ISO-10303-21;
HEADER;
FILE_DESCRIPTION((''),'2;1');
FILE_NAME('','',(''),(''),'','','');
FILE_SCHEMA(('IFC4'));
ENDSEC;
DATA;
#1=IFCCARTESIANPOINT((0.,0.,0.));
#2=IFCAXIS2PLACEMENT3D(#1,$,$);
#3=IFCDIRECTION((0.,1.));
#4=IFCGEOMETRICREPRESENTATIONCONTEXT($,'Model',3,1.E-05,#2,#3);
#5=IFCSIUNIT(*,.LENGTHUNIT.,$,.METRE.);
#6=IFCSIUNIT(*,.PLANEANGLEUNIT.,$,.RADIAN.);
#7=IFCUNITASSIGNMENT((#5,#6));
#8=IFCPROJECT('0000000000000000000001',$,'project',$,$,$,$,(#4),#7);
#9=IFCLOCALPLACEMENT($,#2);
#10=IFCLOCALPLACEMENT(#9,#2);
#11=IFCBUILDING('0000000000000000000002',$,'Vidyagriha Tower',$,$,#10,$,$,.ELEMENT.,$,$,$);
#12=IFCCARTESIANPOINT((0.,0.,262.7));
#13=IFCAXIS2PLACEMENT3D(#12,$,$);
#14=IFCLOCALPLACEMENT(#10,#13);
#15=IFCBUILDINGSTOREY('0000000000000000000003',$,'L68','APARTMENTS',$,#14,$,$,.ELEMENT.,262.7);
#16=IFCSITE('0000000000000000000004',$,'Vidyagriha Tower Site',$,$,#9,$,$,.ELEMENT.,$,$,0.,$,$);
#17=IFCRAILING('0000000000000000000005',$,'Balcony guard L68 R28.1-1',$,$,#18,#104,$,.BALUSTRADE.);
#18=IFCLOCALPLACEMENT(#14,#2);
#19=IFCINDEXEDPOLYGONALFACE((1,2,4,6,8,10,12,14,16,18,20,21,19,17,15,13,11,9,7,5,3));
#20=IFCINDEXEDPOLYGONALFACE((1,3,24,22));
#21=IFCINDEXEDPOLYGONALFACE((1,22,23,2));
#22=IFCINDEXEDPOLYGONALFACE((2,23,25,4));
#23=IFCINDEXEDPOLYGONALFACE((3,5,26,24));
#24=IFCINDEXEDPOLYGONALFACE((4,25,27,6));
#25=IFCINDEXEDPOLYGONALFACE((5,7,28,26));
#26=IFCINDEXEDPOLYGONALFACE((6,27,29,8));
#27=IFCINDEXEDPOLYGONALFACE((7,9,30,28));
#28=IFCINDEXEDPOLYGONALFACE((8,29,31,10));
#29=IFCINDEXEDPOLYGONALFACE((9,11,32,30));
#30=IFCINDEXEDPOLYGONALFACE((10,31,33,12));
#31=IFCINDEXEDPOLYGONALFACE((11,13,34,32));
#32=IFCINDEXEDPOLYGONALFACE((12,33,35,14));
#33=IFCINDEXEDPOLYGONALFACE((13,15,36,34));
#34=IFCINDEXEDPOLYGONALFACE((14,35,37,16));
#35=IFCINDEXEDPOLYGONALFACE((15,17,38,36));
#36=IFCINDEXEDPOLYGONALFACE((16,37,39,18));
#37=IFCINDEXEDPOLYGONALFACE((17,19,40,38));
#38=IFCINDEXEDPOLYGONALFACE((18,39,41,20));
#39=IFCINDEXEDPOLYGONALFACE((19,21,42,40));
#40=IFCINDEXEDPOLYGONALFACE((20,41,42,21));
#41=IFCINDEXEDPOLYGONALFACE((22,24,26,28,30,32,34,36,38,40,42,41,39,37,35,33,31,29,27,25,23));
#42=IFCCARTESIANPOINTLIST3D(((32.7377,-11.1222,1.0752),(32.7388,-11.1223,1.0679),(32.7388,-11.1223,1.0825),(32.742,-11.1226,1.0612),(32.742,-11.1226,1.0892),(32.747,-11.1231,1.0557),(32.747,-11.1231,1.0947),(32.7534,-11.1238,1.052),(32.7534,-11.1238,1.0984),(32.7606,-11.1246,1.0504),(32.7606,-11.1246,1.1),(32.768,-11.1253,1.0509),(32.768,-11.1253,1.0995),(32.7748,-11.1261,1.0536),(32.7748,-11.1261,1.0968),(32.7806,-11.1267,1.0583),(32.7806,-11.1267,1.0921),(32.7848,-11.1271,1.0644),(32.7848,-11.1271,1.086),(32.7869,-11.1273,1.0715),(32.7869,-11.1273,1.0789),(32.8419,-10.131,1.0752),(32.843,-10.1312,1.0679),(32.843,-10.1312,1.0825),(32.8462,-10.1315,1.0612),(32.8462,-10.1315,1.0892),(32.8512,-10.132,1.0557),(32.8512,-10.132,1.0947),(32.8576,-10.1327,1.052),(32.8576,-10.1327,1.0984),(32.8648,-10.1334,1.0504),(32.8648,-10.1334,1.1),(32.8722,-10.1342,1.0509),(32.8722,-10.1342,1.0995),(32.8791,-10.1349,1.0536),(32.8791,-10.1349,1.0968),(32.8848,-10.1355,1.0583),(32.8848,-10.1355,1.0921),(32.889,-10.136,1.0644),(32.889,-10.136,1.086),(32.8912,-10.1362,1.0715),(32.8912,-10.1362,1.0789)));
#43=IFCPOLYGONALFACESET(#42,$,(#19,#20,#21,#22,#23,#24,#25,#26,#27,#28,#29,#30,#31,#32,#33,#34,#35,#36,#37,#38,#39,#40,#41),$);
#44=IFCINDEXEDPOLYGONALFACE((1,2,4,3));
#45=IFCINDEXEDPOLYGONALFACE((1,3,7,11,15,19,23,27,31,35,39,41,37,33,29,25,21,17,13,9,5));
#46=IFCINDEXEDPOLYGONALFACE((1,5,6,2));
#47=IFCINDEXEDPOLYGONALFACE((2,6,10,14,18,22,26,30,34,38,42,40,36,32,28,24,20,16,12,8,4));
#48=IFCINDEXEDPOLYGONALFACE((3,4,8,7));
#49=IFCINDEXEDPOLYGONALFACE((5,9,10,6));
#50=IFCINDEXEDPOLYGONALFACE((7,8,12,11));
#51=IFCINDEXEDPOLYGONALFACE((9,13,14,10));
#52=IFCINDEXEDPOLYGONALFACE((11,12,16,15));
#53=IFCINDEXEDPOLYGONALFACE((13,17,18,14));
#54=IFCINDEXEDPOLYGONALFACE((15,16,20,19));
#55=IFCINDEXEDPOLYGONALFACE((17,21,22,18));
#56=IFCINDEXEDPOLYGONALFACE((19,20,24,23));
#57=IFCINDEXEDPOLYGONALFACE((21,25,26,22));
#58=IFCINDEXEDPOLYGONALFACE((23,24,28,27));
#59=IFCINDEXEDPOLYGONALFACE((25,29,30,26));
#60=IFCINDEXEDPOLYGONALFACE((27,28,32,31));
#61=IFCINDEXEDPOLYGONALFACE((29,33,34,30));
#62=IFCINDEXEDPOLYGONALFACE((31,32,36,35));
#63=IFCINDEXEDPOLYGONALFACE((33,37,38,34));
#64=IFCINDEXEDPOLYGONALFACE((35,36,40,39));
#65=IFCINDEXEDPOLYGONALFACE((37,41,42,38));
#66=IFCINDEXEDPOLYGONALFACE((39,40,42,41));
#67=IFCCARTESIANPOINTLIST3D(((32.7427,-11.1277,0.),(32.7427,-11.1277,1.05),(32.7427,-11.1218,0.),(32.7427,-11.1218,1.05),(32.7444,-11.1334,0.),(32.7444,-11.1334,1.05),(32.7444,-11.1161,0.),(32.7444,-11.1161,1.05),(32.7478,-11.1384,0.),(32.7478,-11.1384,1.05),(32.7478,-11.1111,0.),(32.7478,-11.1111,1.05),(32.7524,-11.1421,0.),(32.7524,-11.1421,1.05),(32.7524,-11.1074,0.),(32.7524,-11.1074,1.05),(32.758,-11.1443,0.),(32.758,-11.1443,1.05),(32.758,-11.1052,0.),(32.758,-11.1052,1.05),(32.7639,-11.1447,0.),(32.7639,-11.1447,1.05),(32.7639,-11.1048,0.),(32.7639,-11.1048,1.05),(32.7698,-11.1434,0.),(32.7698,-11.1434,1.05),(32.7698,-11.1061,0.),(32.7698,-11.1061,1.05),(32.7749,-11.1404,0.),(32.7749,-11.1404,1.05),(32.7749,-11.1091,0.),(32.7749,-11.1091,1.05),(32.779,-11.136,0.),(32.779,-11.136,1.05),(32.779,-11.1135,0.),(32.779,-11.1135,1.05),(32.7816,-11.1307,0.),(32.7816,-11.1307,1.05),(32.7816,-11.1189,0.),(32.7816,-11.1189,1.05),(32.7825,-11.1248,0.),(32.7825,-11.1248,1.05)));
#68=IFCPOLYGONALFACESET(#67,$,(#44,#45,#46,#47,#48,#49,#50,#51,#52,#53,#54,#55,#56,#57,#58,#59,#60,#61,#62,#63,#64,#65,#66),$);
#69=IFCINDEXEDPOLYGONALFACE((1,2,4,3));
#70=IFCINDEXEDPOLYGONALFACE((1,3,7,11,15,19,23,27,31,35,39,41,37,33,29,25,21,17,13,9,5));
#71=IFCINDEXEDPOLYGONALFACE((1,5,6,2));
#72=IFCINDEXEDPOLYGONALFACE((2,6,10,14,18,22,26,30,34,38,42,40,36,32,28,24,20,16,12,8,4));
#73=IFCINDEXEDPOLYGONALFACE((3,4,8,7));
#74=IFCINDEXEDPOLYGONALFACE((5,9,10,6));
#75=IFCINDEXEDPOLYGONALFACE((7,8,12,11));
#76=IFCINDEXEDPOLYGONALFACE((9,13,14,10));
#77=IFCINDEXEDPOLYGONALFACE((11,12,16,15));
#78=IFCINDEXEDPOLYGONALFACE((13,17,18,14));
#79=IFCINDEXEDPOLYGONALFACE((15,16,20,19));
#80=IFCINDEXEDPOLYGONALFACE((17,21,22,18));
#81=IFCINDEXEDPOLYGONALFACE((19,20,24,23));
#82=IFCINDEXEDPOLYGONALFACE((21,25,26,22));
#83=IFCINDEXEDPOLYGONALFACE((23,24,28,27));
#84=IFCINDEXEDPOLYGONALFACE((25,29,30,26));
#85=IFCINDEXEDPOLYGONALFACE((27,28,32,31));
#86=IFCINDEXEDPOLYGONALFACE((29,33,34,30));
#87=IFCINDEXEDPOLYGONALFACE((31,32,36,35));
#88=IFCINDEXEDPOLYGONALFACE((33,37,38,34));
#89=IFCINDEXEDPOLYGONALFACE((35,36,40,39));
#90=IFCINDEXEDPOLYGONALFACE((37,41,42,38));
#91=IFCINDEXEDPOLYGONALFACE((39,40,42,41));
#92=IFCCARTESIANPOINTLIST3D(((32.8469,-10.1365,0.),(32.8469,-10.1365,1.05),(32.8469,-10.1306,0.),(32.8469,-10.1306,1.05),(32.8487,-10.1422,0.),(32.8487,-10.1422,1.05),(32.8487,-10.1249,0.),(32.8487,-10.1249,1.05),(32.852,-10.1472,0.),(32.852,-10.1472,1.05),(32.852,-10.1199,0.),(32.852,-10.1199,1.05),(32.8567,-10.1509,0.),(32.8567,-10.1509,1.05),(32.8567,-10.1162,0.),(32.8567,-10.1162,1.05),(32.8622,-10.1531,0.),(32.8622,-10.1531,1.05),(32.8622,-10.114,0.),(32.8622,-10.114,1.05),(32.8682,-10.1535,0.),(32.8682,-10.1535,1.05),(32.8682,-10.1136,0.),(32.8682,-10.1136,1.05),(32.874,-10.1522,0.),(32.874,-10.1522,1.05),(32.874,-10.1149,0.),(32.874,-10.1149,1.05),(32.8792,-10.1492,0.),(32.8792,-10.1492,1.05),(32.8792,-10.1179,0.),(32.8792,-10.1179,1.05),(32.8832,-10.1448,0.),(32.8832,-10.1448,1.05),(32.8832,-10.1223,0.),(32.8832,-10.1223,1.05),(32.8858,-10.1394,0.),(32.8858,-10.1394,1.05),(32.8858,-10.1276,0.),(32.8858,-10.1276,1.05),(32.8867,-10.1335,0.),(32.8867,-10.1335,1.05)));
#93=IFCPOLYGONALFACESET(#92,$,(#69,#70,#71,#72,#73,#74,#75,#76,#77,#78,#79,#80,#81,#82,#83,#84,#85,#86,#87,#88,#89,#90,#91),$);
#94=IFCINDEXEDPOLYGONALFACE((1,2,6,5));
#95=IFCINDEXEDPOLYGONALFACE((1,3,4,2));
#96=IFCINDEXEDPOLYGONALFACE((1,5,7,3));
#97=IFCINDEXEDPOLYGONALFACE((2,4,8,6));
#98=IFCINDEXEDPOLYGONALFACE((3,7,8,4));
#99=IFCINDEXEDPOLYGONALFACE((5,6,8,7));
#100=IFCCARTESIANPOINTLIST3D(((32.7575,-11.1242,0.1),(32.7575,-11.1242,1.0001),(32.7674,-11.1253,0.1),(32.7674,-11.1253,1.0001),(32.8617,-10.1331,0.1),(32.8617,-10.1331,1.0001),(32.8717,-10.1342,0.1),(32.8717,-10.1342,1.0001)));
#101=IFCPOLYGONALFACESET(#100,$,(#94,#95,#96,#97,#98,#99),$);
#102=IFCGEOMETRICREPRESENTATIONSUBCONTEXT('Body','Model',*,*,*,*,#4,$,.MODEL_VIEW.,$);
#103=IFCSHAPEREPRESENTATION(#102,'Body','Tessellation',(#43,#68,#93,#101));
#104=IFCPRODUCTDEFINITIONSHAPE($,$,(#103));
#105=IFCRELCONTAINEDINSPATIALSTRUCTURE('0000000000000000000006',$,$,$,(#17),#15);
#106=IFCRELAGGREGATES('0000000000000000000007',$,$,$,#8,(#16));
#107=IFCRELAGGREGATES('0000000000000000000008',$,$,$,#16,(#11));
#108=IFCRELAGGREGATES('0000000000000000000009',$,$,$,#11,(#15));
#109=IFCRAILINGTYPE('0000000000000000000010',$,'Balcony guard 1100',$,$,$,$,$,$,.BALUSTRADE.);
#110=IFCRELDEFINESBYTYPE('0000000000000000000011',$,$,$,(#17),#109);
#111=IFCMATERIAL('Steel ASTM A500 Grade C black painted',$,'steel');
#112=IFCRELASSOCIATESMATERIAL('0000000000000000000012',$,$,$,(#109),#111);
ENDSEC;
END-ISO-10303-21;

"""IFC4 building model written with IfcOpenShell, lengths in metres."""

from ifc_helpers import new_model, si_unit, direction, frame, origin, origin_2d, place, context, subcontext, project, spatial, rectangle, circle, extrude, material, type_object, element, save


model = new_model("IFC4")

# Units and contexts
model_context = context("Model", 3, precision=1e-05, world=origin(), true_north=direction((0.0, 1.0)))
body_context = subcontext(model_context, "Body", "Model", "MODEL_VIEW")
ifc_project = project(units=[si_unit("LENGTHUNIT", "METRE"), si_unit("PLANEANGLEUNIT", "RADIAN")], contexts=[model_context])

# Site, building, storey
site_placement = place(None, origin())
site = spatial("IfcSite", under=ifc_project, at=site_placement, Name="Vidyagriha Tower Site", CompositionType="ELEMENT", RefElevation=0.0)
building_placement = place(site_placement, origin())
building = spatial("IfcBuilding", under=site, at=building_placement, Name="Vidyagriha Tower", CompositionType="ELEMENT")
storey_placement = place(building_placement, frame((0.0, 0.0, 262.7)))
storey = spatial("IfcBuildingStorey", under=building, at=storey_placement, Name="L68", Description="APARTMENTS", CompositionType="ELEMENT", Elevation=262.7)

# Railing
ifc_material_1 = material(Name="Steel ASTM A500 Grade C black painted", Category="steel")
railing_type_1 = type_object("IfcRailingType", Name="Balcony guard 1100", PredefinedType="BALUSTRADE", material=ifc_material_1)
railing_1_placement = place(storey_placement, frame((32.7625, -11.1248, 0.0)))
element("IfcRailing", 1, at=railing_1_placement, inside=storey, type_object=railing_type_1, Name="Balcony guard L68 R28.1-1", PredefinedType="BALUSTRADE", context=body_context, shape_type="SweptSolid", body=[
    extrude(circle(Radius=0.0249, at=origin_2d()), frame((0.0, 0.0, 1.0752), z_axis=(0.104596, 0.994515, 0.0), x_axis=(-0.994515, 0.104596, 0.0)), (0.0, 0.0, 1.0), 0.9966),
    extrude(circle(Radius=0.02, at=origin_2d()), origin(), (0.0, 0.0, 1.0), 1.05),
    extrude(circle(Radius=0.02, at=origin_2d()), frame((0.1042, 0.9912, 0.0)), (0.0, 0.0, 1.0), 1.05),
    extrude(rectangle(XDim=0.01, YDim=0.9001, at=origin_2d()), frame((0.0, 0.0, 0.55), z_axis=(0.104596, 0.994515, 0.0), x_axis=(-0.994515, 0.104596, 0.0)), (0.0, 0.0, 1.0), 0.9966),
])

save(model, "model.ifc")
